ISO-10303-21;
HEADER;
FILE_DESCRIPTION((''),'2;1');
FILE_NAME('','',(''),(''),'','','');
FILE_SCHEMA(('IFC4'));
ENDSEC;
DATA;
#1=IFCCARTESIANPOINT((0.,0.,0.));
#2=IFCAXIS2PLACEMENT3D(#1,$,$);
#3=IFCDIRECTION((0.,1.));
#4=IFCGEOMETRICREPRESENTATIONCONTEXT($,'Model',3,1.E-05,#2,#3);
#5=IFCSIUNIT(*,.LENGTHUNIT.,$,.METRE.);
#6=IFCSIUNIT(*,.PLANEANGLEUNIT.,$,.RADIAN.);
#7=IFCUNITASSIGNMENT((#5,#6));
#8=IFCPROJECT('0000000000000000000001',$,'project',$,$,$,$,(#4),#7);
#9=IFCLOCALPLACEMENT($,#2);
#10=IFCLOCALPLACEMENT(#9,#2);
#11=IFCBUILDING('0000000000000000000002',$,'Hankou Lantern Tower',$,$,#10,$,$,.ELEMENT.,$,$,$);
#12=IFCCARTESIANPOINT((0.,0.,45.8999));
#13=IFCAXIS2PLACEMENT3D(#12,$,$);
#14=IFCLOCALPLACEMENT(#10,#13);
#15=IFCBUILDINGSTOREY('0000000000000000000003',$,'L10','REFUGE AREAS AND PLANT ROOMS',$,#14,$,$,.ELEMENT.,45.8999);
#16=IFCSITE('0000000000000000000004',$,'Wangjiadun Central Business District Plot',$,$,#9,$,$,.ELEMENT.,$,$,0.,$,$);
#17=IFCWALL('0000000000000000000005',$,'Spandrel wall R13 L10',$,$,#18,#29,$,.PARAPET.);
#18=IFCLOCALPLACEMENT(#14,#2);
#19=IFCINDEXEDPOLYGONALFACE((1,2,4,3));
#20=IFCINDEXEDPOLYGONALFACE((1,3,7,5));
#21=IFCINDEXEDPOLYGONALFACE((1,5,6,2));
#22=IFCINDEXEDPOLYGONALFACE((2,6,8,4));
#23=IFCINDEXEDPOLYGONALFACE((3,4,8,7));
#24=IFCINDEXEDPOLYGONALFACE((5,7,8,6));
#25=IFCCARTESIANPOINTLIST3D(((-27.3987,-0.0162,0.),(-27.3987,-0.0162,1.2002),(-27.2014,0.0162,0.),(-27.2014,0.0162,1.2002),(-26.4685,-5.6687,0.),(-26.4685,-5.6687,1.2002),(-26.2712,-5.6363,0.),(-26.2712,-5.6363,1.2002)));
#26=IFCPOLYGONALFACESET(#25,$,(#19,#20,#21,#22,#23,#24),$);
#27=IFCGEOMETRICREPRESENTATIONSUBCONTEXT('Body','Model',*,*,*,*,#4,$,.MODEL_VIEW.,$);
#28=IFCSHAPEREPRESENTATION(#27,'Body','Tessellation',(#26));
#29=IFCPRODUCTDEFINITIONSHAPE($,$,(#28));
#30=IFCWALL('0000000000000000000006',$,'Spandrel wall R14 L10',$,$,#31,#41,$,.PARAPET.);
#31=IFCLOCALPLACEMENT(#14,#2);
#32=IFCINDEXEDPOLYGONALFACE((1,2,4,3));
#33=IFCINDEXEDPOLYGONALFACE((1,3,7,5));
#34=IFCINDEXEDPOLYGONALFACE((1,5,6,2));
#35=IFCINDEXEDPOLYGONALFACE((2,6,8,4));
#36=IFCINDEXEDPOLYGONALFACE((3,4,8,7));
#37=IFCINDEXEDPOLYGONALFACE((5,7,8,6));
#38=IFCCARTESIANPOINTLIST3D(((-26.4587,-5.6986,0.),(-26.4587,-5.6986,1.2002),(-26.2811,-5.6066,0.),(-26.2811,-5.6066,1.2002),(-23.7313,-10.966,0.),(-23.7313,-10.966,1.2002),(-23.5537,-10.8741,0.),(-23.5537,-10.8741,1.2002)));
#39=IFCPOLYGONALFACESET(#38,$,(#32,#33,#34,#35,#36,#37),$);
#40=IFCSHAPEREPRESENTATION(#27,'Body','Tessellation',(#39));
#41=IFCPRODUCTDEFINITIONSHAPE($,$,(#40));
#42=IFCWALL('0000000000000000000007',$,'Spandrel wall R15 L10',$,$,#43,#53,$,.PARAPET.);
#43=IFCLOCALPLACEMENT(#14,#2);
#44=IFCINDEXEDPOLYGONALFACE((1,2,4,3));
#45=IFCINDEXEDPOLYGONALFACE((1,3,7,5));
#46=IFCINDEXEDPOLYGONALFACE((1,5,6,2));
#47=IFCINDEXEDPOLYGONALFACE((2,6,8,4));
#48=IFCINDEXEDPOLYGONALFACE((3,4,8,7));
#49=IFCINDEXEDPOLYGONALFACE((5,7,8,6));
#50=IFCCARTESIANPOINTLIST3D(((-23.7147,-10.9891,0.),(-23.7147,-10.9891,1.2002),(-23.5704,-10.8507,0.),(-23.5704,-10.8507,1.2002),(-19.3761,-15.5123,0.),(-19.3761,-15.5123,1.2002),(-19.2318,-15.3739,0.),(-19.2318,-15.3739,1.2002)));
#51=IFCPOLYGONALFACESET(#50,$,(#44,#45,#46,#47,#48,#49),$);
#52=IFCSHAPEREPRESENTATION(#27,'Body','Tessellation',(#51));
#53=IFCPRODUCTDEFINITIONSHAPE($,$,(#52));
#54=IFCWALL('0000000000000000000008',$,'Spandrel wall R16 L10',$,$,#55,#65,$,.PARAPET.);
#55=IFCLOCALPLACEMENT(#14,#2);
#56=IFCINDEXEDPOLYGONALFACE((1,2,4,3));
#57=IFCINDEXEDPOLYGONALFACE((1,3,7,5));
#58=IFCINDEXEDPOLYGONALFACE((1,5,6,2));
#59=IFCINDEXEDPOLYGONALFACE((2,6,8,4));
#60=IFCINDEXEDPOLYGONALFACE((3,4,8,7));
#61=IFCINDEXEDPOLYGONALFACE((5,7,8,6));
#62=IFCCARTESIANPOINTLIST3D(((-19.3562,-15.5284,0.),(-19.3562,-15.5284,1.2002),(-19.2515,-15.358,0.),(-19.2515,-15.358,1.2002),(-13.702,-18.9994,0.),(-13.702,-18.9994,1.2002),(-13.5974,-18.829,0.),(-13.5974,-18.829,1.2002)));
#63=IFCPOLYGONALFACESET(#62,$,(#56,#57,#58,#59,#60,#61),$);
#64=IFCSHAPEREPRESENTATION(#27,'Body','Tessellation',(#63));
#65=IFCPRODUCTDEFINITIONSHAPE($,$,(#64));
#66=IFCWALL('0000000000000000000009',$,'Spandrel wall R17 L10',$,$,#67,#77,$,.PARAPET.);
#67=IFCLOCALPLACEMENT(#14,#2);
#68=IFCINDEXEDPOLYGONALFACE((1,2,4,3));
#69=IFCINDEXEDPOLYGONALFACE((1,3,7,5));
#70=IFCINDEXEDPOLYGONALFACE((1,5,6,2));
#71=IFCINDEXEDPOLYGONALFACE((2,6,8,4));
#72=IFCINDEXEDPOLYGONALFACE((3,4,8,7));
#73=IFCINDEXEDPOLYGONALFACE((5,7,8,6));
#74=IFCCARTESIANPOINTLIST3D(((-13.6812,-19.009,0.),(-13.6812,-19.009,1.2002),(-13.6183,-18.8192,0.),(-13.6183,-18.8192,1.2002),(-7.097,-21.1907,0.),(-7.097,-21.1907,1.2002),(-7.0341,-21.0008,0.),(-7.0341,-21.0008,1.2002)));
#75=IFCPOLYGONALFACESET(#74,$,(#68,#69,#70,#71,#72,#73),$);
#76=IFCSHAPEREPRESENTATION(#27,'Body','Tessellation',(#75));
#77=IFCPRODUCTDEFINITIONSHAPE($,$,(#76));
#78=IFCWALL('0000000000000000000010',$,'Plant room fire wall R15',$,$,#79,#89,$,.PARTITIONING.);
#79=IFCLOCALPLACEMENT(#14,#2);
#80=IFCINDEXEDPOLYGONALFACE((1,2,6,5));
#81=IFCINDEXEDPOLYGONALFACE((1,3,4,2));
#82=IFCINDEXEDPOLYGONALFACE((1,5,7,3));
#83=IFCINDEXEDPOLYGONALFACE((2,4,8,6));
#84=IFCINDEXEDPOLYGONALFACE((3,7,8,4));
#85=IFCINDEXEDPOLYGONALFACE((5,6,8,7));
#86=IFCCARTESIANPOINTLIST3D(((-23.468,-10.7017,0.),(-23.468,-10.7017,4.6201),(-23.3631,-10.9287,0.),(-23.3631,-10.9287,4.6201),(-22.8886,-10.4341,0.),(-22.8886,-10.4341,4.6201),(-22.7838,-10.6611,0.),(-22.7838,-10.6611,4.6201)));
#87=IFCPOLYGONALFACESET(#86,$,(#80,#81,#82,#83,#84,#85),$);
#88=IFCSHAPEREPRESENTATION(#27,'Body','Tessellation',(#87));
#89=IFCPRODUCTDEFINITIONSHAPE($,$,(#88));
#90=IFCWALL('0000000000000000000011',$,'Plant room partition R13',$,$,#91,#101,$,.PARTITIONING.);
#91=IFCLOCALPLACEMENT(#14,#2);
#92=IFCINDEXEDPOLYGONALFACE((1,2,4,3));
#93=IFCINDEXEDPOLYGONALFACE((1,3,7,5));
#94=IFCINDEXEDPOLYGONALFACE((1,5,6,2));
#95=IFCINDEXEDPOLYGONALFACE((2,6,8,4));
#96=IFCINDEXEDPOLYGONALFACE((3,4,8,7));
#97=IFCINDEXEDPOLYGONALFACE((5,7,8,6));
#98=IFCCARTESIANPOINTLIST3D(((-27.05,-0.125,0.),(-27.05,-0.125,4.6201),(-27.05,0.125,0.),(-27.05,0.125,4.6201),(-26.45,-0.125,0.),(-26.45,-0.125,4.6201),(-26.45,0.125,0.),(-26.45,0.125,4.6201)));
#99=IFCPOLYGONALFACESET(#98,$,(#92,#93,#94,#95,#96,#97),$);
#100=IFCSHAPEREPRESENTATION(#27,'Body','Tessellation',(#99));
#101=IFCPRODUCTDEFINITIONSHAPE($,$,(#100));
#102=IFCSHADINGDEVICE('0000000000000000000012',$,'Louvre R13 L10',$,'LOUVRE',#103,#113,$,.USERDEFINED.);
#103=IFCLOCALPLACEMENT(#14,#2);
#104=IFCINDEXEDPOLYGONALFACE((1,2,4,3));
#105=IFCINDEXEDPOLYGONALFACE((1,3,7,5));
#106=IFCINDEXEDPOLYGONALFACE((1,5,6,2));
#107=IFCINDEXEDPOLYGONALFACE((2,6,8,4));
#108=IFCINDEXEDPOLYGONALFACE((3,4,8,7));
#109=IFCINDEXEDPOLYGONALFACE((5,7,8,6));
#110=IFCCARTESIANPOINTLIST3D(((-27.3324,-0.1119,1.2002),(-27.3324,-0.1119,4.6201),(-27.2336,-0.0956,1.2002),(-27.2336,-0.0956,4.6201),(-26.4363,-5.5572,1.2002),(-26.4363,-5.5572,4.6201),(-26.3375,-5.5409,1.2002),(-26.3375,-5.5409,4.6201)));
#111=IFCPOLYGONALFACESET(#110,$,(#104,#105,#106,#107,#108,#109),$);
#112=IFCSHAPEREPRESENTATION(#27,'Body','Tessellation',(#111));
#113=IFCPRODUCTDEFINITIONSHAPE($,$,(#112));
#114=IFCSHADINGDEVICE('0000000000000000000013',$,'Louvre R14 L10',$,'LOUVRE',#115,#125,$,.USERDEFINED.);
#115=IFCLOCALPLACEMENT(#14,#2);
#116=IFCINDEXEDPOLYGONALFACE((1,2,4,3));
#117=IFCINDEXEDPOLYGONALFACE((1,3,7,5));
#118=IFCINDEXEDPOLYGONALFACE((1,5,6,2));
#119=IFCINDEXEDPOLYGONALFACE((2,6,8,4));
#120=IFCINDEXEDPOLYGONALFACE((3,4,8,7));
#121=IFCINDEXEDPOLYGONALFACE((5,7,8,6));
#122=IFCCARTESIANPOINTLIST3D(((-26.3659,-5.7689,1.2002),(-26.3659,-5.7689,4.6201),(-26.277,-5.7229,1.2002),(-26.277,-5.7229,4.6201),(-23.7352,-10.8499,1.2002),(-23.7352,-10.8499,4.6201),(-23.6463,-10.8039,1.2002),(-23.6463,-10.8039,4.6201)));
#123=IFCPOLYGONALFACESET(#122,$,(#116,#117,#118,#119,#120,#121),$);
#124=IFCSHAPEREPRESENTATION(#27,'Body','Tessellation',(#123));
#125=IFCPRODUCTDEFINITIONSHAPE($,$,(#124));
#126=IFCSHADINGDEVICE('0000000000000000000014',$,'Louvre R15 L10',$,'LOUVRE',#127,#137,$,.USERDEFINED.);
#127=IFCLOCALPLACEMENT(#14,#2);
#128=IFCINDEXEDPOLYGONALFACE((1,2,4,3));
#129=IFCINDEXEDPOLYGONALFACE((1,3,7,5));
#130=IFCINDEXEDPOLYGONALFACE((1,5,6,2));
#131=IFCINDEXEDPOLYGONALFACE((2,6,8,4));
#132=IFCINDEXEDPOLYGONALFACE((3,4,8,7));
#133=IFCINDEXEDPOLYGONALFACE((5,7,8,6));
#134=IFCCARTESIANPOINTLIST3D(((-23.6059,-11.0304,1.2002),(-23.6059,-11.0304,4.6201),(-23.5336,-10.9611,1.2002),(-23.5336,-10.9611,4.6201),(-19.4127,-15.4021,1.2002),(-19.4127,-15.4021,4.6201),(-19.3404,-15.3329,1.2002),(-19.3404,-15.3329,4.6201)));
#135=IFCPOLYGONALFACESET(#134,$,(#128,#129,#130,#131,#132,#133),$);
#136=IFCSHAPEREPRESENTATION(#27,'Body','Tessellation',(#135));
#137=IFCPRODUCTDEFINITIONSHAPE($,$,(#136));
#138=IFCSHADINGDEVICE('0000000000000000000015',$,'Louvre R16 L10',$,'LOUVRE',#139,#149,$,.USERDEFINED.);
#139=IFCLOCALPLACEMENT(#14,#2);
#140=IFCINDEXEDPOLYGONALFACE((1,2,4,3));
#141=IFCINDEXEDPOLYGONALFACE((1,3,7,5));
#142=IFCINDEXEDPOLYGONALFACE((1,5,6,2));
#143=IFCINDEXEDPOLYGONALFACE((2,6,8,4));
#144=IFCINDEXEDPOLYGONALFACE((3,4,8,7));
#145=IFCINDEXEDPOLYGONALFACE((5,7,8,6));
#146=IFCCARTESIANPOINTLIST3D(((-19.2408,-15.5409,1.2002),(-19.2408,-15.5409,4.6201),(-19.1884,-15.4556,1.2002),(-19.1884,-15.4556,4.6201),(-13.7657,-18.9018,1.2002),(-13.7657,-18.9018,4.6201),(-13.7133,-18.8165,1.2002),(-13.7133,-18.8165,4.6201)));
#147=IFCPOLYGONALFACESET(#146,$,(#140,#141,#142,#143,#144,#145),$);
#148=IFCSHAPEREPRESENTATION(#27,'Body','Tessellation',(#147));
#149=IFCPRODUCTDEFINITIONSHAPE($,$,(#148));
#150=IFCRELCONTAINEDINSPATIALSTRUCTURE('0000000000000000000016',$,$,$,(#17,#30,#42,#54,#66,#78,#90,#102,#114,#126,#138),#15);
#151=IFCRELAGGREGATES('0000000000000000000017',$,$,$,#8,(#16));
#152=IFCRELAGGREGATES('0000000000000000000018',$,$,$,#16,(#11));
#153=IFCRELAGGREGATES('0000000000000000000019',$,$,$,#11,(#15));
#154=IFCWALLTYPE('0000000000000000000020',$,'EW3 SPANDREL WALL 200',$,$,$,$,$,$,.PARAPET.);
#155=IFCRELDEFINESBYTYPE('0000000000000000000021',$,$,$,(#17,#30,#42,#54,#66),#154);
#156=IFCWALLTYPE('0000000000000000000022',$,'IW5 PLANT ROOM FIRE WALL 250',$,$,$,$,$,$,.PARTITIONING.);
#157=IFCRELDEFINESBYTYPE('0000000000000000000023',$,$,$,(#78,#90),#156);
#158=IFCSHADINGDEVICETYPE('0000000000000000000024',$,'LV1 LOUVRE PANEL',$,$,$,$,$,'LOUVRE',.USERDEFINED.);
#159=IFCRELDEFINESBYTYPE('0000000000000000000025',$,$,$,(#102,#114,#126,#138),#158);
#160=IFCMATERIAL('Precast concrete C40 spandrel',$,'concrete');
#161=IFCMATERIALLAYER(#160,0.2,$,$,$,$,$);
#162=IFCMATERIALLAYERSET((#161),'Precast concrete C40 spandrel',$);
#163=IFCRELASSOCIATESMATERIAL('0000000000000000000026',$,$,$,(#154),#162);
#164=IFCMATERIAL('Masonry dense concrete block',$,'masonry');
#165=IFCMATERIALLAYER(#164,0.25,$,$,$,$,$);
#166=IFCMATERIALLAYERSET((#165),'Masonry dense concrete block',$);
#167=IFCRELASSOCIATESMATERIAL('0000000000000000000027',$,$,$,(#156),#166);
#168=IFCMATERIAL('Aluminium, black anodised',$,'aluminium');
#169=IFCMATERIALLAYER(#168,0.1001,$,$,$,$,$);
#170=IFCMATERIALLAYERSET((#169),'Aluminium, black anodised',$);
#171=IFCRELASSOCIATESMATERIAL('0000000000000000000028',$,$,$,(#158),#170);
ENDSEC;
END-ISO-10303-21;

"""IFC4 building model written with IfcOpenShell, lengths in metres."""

from ifc_helpers import new_model, si_unit, direction, frame, frame_2d, origin, origin_2d, place, context, subcontext, project, spatial, rectangle, extrude, material, layer, layer_set, type_object, element, save


model = new_model("IFC4")

# Units and contexts
model_context = context("Model", 3, precision=1e-05, world=origin(), true_north=direction((0.0, 1.0)))
body_context = subcontext(model_context, "Body", "Model", "MODEL_VIEW")
ifc_project = project(units=[si_unit("LENGTHUNIT", "METRE"), si_unit("PLANEANGLEUNIT", "RADIAN")], contexts=[model_context])

# Site, building, storey
site_placement = place(None, origin())
site = spatial("IfcSite", under=ifc_project, at=site_placement, Name="Wangjiadun Central Business District Plot", CompositionType="ELEMENT", RefElevation=0.0)
building_placement = place(site_placement, origin())
building = spatial("IfcBuilding", under=site, at=building_placement, Name="Hankou Lantern Tower", CompositionType="ELEMENT")
storey_placement = place(building_placement, frame((0.0, 0.0, 45.8999)))
storey = spatial("IfcBuildingStorey", under=building, at=storey_placement, Name="L10", Description="REFUGE AREAS AND PLANT ROOMS", CompositionType="ELEMENT", Elevation=45.8999)

# Walls
ifc_material_1 = material(Name="Precast concrete C40 spandrel", Category="concrete")
ifc_layer_1 = layer(ifc_material_1, 0.2)
ifc_layer_set_1 = layer_set([ifc_layer_1], Name="Precast concrete C40 spandrel")
wall_type_1 = type_object("IfcWallType", Name="EW3 SPANDREL WALL 200", PredefinedType="PARAPET", material=ifc_layer_set_1)
wall_1_placement = place(storey_placement, frame((-27.3, 0.0, 0.0), z_axis=(0.0, 0.0, 1.0), x_axis=(0.162374, -0.986729, 0.0)))
element("IfcWall", 1, at=wall_1_placement, inside=storey, type_object=wall_type_1, Name="Spandrel wall R13 L10", PredefinedType="PARAPET", context=body_context, shape_type="SweptSolid", body=[
    extrude(rectangle(XDim=5.7285, YDim=0.2, at=frame_2d((2.8643, 0.0))), origin(), (0.0, 0.0, 1.0), 1.2002),
])
wall_2_placement = place(storey_placement, frame((-26.3699, -5.6526, 0.0), z_axis=(0.0, 0.0, 1.0), x_axis=(0.459797, -0.888024, 0.0)))
element("IfcWall", 2, at=wall_2_placement, inside=storey, type_object=wall_type_1, Name="Spandrel wall R14 L10", PredefinedType="PARAPET", context=body_context, shape_type="SweptSolid", body=[
    extrude(rectangle(XDim=5.9316, YDim=0.2, at=frame_2d((2.9658, 0.0))), origin(), (0.0, 0.0, 1.0), 1.2002),
])
wall_3_placement = place(storey_placement, frame((-23.6426, -10.9199, 0.0), z_axis=(0.0, 0.0, 1.0), x_axis=(0.692229, -0.721678, 0.0)))
element("IfcWall", 3, at=wall_3_placement, inside=storey, type_object=wall_type_1, Name="Spandrel wall R15 L10", PredefinedType="PARAPET", context=body_context, shape_type="SweptSolid", body=[
    extrude(rectangle(XDim=6.2676, YDim=0.2, at=frame_2d((3.1338, 0.0))), origin(), (0.0, 0.0, 1.0), 1.2002),
])
wall_4_placement = place(storey_placement, frame((-19.304, -15.4431, 0.0), z_axis=(0.0, 0.0, 1.0), x_axis=(0.852228, -0.523171, 0.0)))
element("IfcWall", 4, at=wall_4_placement, inside=storey, type_object=wall_type_1, Name="Spandrel wall R16 L10", PredefinedType="PARAPET", context=body_context, shape_type="SweptSolid", body=[
    extrude(rectangle(XDim=6.6345, YDim=0.2, at=frame_2d((3.3174, 0.0))), origin(), (0.0, 0.0, 1.0), 1.2002),
])
wall_5_placement = place(storey_placement, frame((-13.6499, -18.9141, 0.0), z_axis=(0.0, 0.0, 1.0), x_axis=(0.949248, -0.314527, 0.0)))
element("IfcWall", 5, at=wall_5_placement, inside=storey, type_object=wall_type_1, Name="Spandrel wall R17 L10", PredefinedType="PARAPET", context=body_context, shape_type="SweptSolid", body=[
    extrude(rectangle(XDim=6.9363, YDim=0.2, at=frame_2d((3.4683, 0.0))), origin(), (0.0, 0.0, 1.0), 1.2002),
])

# Shared definitions
ifc_material_2 = material(Name="Masonry dense concrete block", Category="masonry")
ifc_layer_2 = layer(ifc_material_2, 0.25)
ifc_layer_set_2 = layer_set([ifc_layer_2], Name="Masonry dense concrete block")
wall_type_2 = type_object("IfcWallType", Name="IW5 PLANT ROOM FIRE WALL 250", PredefinedType="PARTITIONING", material=ifc_layer_set_2)

# Walls
wall_6_placement = place(storey_placement, frame((-22.8362, -10.5476, 0.0), z_axis=(0.0, 0.0, 1.0), x_axis=(-0.907847, -0.419301, 0.0)))
element("IfcWall", 6, at=wall_6_placement, inside=storey, type_object=wall_type_2, Name="Plant room fire wall R15", PredefinedType="PARTITIONING", context=body_context, shape_type="SweptSolid", body=[
    extrude(rectangle(XDim=0.6382, YDim=0.25, at=frame_2d((0.3191, 0.0))), origin(), (0.0, 0.0, 1.0), 4.6201),
])
wall_7_placement = place(storey_placement, frame((-26.45, 0.0, 0.0), z_axis=(0.0, 0.0, 1.0), x_axis=(-1.0, 0.0, 0.0)))
element("IfcWall", 7, at=wall_7_placement, inside=storey, type_object=wall_type_2, Name="Plant room partition R13", PredefinedType="PARTITIONING", context=body_context, shape_type="SweptSolid", body=[
    extrude(rectangle(XDim=0.6001, YDim=0.25, at=frame_2d((0.3, 0.0))), origin(), (0.0, 0.0, 1.0), 4.6201),
])

# Shading devices
ifc_material_3 = material(Name="Aluminium, black anodised", Category="aluminium")
ifc_layer_3 = layer(ifc_material_3, 0.1001)
ifc_layer_set_3 = layer_set([ifc_layer_3], Name="Aluminium, black anodised")
shading_device_type = type_object("IfcShadingDeviceType", Name="LV1 LOUVRE PANEL", ElementType="LOUVRE", PredefinedType="USERDEFINED", material=ifc_layer_set_3)
shading_device_1_placement = place(storey_placement, frame((-26.835, -2.8264, 1.2002), z_axis=(0.0, 0.0, 1.0), x_axis=(0.162382, -0.986728, 0.0)))
element("IfcShadingDevice", 8, at=shading_device_1_placement, inside=storey, type_object=shading_device_type, Name="Louvre R13 L10", ObjectType="LOUVRE", PredefinedType="USERDEFINED", context=body_context, shape_type="SweptSolid", body=[
    extrude(rectangle(XDim=5.5186, YDim=0.1001, at=origin_2d()), origin(), (0.0, 0.0, 1.0), 3.4199),
])
shading_device_2_placement = place(storey_placement, frame((-25.0061, -8.2864, 1.2002), z_axis=(0.0, 0.0, 1.0), x_axis=(0.459791, -0.888027, 0.0)))
element("IfcShadingDevice", 9, at=shading_device_2_placement, inside=storey, type_object=shading_device_type, Name="Louvre R14 L10", ObjectType="LOUVRE", PredefinedType="USERDEFINED", context=body_context, shape_type="SweptSolid", body=[
    extrude(rectangle(XDim=5.7217, YDim=0.1001, at=origin_2d()), origin(), (0.0, 0.0, 1.0), 3.4199),
])
shading_device_3_placement = place(storey_placement, frame((-21.4731, -13.1816, 1.2002), z_axis=(0.0, 0.0, 1.0), x_axis=(0.692216, -0.721691, 0.0)))
element("IfcShadingDevice", 10, at=shading_device_3_placement, inside=storey, type_object=shading_device_type, Name="Louvre R15 L10", ObjectType="LOUVRE", PredefinedType="USERDEFINED", context=body_context, shape_type="SweptSolid", body=[
    extrude(rectangle(XDim=6.0576, YDim=0.1001, at=origin_2d()), origin(), (0.0, 0.0, 1.0), 3.4199),
])
shading_device_4_placement = place(storey_placement, frame((-16.4771, -17.1787, 1.2002), z_axis=(0.0, 0.0, 1.0), x_axis=(0.852237, -0.523156, 0.0)))
element("IfcShadingDevice", 11, at=shading_device_4_placement, inside=storey, type_object=shading_device_type, Name="Louvre R16 L10", ObjectType="LOUVRE", PredefinedType="USERDEFINED", context=body_context, shape_type="SweptSolid", body=[
    extrude(rectangle(XDim=6.4243, YDim=0.1001, at=origin_2d()), origin(), (0.0, 0.0, 1.0), 3.4199),
])

save(model, "model.ifc")
